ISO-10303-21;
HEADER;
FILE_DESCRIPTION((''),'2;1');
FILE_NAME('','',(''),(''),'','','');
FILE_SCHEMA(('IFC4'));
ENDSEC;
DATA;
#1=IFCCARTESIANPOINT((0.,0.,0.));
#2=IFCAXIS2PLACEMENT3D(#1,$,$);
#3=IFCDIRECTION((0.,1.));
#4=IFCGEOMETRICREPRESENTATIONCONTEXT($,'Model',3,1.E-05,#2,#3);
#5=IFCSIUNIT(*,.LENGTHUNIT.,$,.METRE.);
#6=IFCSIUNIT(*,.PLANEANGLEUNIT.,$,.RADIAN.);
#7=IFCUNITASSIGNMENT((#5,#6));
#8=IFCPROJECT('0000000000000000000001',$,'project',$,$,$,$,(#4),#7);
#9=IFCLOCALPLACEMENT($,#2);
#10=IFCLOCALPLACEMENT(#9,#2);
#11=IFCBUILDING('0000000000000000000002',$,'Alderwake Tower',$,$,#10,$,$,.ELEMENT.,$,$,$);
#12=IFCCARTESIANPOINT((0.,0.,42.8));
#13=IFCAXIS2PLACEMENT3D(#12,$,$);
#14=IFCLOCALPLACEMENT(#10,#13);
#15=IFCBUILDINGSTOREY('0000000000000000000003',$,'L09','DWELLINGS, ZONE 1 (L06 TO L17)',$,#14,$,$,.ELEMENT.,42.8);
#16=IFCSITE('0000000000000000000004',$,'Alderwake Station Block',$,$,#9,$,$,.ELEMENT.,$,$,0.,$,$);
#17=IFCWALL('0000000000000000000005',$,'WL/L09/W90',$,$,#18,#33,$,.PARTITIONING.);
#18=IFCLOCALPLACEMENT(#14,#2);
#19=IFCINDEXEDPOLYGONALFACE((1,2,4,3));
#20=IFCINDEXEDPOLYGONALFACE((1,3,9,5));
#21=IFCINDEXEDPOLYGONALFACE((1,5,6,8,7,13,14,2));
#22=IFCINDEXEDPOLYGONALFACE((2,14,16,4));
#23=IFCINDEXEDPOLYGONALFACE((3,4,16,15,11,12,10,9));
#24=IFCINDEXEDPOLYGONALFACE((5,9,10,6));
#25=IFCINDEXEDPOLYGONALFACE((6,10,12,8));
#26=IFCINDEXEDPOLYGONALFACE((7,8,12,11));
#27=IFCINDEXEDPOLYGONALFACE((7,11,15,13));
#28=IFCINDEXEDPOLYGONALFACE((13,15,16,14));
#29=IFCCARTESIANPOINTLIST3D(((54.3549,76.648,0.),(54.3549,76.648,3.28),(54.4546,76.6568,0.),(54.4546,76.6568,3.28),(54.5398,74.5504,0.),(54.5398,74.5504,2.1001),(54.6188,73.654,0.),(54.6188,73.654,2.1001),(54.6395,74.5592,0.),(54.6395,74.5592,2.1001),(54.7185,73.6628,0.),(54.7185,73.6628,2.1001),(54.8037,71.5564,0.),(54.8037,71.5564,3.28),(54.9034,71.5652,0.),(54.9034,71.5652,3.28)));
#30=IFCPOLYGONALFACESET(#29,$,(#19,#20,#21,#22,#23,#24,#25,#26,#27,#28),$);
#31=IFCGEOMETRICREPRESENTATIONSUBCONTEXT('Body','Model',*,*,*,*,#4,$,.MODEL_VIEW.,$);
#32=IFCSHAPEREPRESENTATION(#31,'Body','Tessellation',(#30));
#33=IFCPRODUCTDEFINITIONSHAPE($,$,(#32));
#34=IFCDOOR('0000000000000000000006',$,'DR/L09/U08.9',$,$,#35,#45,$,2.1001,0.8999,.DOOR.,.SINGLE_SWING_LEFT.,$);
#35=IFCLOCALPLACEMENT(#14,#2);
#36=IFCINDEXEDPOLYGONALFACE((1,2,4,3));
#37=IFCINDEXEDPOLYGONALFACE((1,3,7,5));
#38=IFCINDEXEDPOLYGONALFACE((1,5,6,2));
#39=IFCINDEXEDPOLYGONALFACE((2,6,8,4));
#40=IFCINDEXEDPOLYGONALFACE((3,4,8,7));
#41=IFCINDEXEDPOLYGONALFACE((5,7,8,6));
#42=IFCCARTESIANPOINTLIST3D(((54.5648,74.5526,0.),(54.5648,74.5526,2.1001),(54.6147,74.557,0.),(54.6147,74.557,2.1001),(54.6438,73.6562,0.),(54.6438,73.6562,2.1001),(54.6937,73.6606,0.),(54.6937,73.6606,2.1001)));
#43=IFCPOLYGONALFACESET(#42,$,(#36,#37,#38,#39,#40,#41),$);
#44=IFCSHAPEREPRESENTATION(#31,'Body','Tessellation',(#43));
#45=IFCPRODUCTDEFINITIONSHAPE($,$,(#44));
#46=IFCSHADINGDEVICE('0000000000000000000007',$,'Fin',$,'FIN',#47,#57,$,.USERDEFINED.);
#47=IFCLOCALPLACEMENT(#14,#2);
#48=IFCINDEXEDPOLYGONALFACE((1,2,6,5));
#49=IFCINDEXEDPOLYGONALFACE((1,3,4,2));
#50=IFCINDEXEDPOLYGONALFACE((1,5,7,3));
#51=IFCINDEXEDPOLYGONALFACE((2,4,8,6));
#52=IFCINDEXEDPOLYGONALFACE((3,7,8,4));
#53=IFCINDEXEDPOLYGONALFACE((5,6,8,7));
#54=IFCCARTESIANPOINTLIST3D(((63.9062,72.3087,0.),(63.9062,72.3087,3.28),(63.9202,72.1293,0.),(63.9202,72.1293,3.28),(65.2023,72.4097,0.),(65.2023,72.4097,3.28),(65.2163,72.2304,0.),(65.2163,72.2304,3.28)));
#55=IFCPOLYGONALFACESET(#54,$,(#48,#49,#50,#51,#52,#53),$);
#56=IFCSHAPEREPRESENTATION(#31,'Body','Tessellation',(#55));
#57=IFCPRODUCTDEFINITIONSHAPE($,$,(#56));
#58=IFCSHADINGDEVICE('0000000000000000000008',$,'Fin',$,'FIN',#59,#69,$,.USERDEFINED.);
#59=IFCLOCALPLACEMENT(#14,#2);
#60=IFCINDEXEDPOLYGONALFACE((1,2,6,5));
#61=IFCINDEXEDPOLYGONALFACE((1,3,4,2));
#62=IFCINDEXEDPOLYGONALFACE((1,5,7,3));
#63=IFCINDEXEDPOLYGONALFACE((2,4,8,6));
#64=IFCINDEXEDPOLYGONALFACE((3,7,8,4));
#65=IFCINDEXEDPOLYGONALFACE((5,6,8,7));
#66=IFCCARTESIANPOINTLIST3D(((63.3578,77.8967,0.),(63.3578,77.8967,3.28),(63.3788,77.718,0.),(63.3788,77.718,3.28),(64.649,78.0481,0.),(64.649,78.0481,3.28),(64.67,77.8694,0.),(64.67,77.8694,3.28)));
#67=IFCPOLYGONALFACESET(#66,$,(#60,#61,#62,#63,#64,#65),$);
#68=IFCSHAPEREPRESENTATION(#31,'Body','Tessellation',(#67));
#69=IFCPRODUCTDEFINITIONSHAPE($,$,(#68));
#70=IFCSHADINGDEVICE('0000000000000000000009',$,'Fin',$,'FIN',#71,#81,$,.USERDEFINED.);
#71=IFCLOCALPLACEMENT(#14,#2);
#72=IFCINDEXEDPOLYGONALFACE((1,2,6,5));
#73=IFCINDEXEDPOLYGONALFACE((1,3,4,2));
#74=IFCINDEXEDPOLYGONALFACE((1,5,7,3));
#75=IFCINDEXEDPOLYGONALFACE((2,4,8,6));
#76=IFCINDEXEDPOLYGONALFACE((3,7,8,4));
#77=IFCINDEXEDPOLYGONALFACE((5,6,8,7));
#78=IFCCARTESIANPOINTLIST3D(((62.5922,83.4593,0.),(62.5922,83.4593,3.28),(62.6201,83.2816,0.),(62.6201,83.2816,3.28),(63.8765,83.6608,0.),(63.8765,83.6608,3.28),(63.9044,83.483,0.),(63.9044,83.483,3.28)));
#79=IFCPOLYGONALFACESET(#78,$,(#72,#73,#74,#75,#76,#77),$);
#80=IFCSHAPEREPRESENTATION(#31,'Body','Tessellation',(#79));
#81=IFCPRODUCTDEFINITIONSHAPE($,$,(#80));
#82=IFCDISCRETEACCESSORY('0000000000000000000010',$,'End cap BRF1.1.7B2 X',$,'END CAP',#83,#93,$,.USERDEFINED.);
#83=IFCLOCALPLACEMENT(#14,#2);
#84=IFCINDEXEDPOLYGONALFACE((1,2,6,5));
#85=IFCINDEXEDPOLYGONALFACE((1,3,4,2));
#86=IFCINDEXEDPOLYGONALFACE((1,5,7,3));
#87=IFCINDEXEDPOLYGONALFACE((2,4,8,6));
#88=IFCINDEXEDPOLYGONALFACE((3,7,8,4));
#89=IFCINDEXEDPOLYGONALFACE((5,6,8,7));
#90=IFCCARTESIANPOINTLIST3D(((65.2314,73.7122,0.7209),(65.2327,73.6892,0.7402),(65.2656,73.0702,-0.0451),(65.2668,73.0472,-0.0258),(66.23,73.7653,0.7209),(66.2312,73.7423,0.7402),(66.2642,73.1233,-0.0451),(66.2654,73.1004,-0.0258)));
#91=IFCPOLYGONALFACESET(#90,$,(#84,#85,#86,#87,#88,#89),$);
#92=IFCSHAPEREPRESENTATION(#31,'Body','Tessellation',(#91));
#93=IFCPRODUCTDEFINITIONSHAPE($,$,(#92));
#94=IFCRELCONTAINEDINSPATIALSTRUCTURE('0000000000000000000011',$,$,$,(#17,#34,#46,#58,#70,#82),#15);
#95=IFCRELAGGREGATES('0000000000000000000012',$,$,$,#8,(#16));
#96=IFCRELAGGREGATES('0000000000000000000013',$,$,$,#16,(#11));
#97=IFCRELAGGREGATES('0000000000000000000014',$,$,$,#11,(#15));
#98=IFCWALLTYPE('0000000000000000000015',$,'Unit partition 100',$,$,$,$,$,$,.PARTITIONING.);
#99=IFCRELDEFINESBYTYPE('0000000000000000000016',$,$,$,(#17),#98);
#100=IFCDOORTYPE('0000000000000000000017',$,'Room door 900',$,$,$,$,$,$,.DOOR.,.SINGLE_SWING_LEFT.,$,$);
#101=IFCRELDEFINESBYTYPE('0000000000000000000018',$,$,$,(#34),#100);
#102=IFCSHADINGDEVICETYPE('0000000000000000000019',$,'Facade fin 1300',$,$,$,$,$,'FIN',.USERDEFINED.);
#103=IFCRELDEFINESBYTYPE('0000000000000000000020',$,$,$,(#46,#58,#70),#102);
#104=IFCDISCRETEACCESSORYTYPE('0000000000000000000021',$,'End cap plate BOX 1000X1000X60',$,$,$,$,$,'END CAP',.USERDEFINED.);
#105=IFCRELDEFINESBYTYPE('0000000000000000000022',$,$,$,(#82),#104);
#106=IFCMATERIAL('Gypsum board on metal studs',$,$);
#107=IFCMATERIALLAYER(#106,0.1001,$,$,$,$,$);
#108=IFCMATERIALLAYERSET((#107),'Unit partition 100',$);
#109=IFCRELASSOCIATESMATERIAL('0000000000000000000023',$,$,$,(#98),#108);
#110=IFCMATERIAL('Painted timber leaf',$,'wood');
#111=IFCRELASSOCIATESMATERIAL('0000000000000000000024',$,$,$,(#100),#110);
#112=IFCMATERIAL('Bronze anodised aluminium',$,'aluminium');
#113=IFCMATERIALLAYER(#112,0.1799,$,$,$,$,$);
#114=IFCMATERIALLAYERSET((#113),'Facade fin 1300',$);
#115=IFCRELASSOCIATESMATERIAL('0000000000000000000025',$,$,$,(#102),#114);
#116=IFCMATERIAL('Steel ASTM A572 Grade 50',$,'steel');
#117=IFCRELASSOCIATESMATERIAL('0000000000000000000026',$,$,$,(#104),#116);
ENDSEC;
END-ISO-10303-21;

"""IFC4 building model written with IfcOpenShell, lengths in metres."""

from ifc_helpers import new_model, si_unit, direction, frame, frame_2d, origin, origin_2d, place, context, subcontext, project, spatial, rectangle, extrude, material, layer, layer_set, material_profile, profile_set, type_object, element, fill, save


model = new_model("IFC4")

# Units and contexts
model_context = context("Model", 3, precision=1e-05, world=origin(), true_north=direction((0.0, 1.0)))
body_context = subcontext(model_context, "Body", "Model", "MODEL_VIEW")
ifc_project = project(units=[si_unit("LENGTHUNIT", "METRE"), si_unit("PLANEANGLEUNIT", "RADIAN")], contexts=[model_context])

# Site, building, storey
site_placement = place(None, origin())
site = spatial("IfcSite", under=ifc_project, at=site_placement, Name="Alderwake Station Block", CompositionType="ELEMENT", RefElevation=0.0)
building_placement = place(site_placement, origin())
building = spatial("IfcBuilding", under=site, at=building_placement, Name="Alderwake Tower", CompositionType="ELEMENT")
storey_placement = place(building_placement, frame((0.0, 0.0, 42.8)))
storey = spatial("IfcBuildingStorey", under=building, at=storey_placement, Name="L09", Description="DWELLINGS, ZONE 1 (L06 TO L17)", CompositionType="ELEMENT", Elevation=42.8)

# Shared definitions
ifc_material_1 = material(Name="Gypsum board on metal studs")
ifc_layer_1 = layer(ifc_material_1, 0.1001)
ifc_layer_set_1 = layer_set([ifc_layer_1], Name="Unit partition 100")
wall_type_1 = type_object("IfcWallType", Name="Unit partition 100", PredefinedType="PARTITIONING", material=ifc_layer_set_1)
ifc_material_2 = material(Name="Painted timber leaf", Category="wood")
door_type_1 = type_object("IfcDoorType", Name="Room door 900", OperationType="SINGLE_SWING_LEFT", PredefinedType="DOOR", material=ifc_material_2)

# Wall, opening, door
wall_1_placement = place(storey_placement, frame((54.8535, 71.5608, 0.0), z_axis=(0.0, 0.0, 1.0), x_axis=(-0.087792, 0.996139, 0.0)))
wall_1 = element("IfcWall", 1, at=wall_1_placement, inside=storey, type_object=wall_type_1, Name="WL/L09/W90", PredefinedType="PARTITIONING", context=body_context, shape_type="SweptSolid", body=[
    extrude(rectangle(XDim=5.1113, YDim=0.1001, at=frame_2d((2.5557, 0.0))), origin(), (0.0, 0.0, 1.0), 3.28),
])
opening_1_placement = place(wall_1_placement, frame((2.1057, 0.0, 0.0)))
opening_1 = element("IfcOpeningElement", 2, at=opening_1_placement, cuts=wall_1, PredefinedType="OPENING", context=body_context, shape_type="SweptSolid", body=[
    extrude(rectangle(XDim=0.8999, YDim=2.1001, at=frame_2d((0.45, 1.05))), frame((0.0, 0.0601, 0.0), z_axis=(0.0, -1.0, 0.0), x_axis=(1.0, 0.0, 0.0)), (0.0, 0.0, 1.0), 0.1201),
])
door_1_placement = place(opening_1_placement, origin())
door_1 = element("IfcDoor", 3, at=door_1_placement, inside=storey, type_object=door_type_1, Name="DR/L09/U08.9", OperationType="SINGLE_SWING_LEFT", OverallHeight=2.1001, OverallWidth=0.8999, PredefinedType="DOOR", context=body_context, shape_type="SweptSolid", body=[
    extrude(rectangle(XDim=0.8999, YDim=2.1001, at=frame_2d((0.45, 1.05))), frame((0.0, 0.0249, 0.0), z_axis=(0.0, -1.0, 0.0), x_axis=(1.0, 0.0, 0.0)), (0.0, 0.0, 1.0), 0.05),
])
fill(opening_1, door_1)

# Shading devices
ifc_material_3 = material(Name="Bronze anodised aluminium", Category="aluminium")
ifc_layer_2 = layer(ifc_material_3, 0.1799)
ifc_layer_set_2 = layer_set([ifc_layer_2], Name="Facade fin 1300")
shading_device_type = type_object("IfcShadingDeviceType", Name="Facade fin 1300", ElementType="FIN", PredefinedType="USERDEFINED", material=ifc_layer_set_2)
for number, where, z_axis, x_axis, name in (
    (4, (64.5613, 72.2695, 0.0), (0.0, 0.0, 1.0), (0.996975, 0.077721, 0.0), "Fin"),
    (5, (64.0139, 77.8831, 0.0), (0.0, 0.0, 1.0), (0.993198, 0.116435, 0.0), "Fin"),
    (6, (63.2483, 83.4712, 0.0), (0.0, 0.0, 1.0), (0.987919, 0.154972, 0.0), "Fin"),
):
    element("IfcShadingDevice", number, at=place(storey_placement, frame(where, z_axis=z_axis, x_axis=x_axis)), inside=storey, type_object=shading_device_type, Name=name, ObjectType="FIN", PredefinedType="USERDEFINED", context=body_context, shape_type="SweptSolid", body=[
        extrude(rectangle(XDim=1.3, YDim=0.1799, at=origin_2d()), origin(), (0.0, 0.0, 1.0), 3.28),
    ])

# Discrete accessory
ifc_material_4 = material(Name="Steel ASTM A572 Grade 50", Category="steel")
ifc_material_profile_1 = material_profile(ifc_material_4, rectangle(XDim=1.0, YDim=1.0, at=origin_2d()), Name="BOX 1000X1000X60 cap")
ifc_profile_set_1 = profile_set([ifc_material_profile_1], Name="Steel ASTM A572 Grade 50")
discrete_accessory_type = type_object("IfcDiscreteAccessoryType", Name="End cap plate BOX 1000X1000X60", ElementType="END CAP", PredefinedType="USERDEFINED", material=ifc_profile_set_1)
discrete_accessory_placement = place(storey_placement, frame((65.749, 73.3948, 0.3572), z_axis=(-0.040687, 0.76491, -0.64285), x_axis=(-0.998588, -0.053116, 0.0)))
element("IfcDiscreteAccessory", 7, at=discrete_accessory_placement, inside=storey, type_object=discrete_accessory_type, Name="End cap BRF1.1.7B2 X", ObjectType="END CAP", PredefinedType="USERDEFINED", context=body_context, shape_type="SweptSolid", body=[
    extrude(rectangle(XDim=1.0, YDim=1.0, at=origin_2d()), origin(), (0.0, 0.0, 1.0), 0.03),
])

save(model, "model.ifc")
